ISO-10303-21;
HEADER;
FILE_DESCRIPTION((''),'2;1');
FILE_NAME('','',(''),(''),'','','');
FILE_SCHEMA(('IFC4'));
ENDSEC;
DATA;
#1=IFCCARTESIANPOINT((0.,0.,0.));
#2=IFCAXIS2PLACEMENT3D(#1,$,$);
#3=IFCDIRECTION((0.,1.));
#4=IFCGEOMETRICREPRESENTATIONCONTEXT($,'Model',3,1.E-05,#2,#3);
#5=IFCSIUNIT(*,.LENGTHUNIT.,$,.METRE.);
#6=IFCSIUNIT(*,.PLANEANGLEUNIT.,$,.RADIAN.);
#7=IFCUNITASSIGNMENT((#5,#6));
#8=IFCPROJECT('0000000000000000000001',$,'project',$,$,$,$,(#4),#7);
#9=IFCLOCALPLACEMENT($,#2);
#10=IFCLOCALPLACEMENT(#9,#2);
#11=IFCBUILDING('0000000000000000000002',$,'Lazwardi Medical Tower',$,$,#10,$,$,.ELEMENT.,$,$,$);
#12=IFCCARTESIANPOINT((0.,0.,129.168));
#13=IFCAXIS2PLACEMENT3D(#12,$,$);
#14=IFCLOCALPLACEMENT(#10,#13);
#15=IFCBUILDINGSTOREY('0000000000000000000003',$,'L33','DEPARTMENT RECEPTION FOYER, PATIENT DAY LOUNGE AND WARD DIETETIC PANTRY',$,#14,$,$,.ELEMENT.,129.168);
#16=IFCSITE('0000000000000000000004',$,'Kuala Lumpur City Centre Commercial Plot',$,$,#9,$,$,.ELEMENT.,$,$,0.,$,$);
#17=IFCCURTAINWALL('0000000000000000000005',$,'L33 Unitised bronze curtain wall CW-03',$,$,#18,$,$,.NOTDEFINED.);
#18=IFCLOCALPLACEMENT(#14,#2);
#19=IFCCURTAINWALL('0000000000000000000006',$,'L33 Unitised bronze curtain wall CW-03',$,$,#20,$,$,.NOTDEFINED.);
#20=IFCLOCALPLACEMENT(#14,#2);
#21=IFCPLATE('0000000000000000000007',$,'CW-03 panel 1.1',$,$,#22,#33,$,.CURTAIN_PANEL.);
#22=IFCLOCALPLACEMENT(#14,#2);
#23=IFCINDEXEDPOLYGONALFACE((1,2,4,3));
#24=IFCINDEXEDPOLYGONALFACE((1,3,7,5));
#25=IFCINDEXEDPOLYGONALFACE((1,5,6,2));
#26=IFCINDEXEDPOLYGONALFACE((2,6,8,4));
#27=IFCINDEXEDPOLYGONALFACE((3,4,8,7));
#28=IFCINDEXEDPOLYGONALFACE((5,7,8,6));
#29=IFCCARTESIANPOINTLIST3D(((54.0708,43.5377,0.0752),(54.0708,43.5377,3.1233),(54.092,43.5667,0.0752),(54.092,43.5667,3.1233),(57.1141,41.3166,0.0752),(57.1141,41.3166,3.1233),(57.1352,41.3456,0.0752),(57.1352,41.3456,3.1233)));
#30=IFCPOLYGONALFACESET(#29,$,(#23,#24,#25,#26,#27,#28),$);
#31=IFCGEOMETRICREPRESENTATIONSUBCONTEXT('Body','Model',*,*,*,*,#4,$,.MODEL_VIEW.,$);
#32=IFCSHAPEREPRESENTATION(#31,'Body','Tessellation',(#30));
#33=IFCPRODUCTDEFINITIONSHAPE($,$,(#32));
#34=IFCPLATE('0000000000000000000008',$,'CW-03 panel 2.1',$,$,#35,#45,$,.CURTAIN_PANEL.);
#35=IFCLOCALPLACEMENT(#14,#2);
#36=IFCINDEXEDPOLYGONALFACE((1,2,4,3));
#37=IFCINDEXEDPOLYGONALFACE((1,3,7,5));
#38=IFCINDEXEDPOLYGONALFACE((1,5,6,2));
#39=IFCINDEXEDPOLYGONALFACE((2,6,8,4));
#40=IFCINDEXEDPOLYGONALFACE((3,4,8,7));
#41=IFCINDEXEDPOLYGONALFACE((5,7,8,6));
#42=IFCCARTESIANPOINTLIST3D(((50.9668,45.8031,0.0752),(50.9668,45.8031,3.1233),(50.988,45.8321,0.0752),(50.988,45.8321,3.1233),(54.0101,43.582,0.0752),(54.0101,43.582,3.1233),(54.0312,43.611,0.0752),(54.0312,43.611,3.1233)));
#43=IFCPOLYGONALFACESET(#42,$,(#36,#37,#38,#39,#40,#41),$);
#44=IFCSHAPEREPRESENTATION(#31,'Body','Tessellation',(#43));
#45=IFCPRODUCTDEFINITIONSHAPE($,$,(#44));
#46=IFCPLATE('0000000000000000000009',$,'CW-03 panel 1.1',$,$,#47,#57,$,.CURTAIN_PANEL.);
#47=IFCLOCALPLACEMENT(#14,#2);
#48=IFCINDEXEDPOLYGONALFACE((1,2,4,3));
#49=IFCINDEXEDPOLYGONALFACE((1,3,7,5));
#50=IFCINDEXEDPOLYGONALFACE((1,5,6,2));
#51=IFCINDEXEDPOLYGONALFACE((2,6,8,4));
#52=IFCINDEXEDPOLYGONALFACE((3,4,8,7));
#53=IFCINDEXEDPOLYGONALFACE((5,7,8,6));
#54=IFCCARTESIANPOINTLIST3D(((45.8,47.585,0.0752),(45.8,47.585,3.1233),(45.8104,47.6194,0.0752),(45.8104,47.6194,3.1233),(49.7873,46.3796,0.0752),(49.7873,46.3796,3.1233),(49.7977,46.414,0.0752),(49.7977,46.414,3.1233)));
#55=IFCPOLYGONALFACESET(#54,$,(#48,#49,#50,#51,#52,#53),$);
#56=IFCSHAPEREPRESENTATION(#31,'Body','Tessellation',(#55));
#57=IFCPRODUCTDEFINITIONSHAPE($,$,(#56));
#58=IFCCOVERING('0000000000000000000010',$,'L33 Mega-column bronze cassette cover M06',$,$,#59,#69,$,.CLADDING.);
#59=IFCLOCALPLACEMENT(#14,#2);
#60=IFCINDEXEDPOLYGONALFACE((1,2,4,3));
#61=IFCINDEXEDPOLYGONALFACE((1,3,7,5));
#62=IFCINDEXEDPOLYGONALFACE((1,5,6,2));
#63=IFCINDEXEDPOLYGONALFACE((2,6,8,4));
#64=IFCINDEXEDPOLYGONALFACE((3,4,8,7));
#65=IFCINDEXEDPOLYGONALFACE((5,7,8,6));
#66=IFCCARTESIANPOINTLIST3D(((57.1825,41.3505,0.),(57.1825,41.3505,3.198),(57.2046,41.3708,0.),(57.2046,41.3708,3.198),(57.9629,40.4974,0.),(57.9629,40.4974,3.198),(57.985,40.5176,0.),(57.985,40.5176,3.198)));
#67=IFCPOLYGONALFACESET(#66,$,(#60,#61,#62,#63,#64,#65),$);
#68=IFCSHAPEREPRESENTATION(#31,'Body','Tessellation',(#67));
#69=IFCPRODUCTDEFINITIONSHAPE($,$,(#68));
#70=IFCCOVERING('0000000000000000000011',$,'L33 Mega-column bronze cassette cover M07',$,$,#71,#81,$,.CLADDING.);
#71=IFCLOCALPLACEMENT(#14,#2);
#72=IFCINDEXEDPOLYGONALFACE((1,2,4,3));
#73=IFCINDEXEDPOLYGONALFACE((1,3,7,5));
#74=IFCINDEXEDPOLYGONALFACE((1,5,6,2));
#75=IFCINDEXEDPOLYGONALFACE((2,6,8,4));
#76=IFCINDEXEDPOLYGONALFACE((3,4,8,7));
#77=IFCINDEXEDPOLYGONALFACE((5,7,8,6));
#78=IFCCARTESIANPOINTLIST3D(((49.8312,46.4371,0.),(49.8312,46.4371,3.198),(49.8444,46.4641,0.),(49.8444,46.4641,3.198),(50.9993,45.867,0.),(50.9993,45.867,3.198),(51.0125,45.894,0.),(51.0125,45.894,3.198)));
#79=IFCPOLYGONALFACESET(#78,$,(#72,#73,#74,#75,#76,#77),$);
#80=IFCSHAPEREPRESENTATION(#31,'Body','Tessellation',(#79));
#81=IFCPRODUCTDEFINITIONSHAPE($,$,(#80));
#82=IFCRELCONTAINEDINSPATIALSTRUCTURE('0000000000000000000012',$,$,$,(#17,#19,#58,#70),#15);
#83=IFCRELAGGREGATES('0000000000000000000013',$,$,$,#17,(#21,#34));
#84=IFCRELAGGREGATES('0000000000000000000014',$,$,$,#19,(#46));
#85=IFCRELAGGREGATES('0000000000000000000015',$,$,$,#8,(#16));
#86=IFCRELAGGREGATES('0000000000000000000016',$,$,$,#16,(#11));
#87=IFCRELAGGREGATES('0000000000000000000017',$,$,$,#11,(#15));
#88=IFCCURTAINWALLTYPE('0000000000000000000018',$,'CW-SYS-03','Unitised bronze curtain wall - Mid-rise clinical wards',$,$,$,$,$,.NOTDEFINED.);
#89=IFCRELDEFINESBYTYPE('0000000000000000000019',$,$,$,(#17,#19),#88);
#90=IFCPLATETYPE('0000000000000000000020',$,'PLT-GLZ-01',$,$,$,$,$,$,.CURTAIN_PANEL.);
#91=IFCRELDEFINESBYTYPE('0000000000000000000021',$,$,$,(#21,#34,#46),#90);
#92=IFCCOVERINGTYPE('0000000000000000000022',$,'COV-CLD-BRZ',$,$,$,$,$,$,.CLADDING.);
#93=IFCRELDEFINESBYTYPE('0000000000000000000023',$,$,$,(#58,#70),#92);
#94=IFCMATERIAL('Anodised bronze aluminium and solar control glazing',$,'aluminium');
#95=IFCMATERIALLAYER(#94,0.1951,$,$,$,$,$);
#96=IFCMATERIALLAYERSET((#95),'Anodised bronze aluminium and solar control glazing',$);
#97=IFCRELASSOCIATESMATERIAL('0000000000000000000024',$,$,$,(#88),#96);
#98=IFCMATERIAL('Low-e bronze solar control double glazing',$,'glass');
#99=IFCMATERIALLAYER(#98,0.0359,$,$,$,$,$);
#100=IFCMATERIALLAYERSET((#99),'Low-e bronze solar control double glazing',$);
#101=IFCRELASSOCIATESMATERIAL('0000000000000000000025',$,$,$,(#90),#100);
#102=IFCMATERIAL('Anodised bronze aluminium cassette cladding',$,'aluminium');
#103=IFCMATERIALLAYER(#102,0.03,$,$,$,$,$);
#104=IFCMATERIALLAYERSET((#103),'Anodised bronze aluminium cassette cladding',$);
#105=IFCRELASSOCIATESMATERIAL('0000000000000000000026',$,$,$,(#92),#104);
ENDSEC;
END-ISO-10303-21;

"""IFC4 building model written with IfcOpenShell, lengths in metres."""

from ifc_helpers import new_model, si_unit, direction, frame, origin, origin_2d, place, context, subcontext, project, spatial, rectangle, extrude, material, layer, layer_set, type_object, element, aggregate, save


model = new_model("IFC4")

# Units and contexts
model_context = context("Model", 3, precision=1e-05, world=origin(), true_north=direction((0.0, 1.0)))
body_context = subcontext(model_context, "Body", "Model", "MODEL_VIEW")
ifc_project = project(units=[si_unit("LENGTHUNIT", "METRE"), si_unit("PLANEANGLEUNIT", "RADIAN")], contexts=[model_context])

# Site, building, storey
site_placement = place(None, origin())
site = spatial("IfcSite", under=ifc_project, at=site_placement, Name="Kuala Lumpur City Centre Commercial Plot", CompositionType="ELEMENT", RefElevation=0.0)
building_placement = place(site_placement, origin())
building = spatial("IfcBuilding", under=site, at=building_placement, Name="Lazwardi Medical Tower", CompositionType="ELEMENT")
storey_placement = place(building_placement, frame((0.0, 0.0, 129.168)))
storey = spatial("IfcBuildingStorey", under=building, at=storey_placement, Name="L33", Description="DEPARTMENT RECEPTION FOYER, PATIENT DAY LOUNGE AND WARD DIETETIC PANTRY", CompositionType="ELEMENT", Elevation=129.168)

# Shared definitions
ifc_material_1 = material(Name="Anodised bronze aluminium and solar control glazing", Category="aluminium")
ifc_layer_1 = layer(ifc_material_1, 0.1951)
ifc_layer_set_1 = layer_set([ifc_layer_1], Name="Anodised bronze aluminium and solar control glazing")
curtain_wall_type = type_object("IfcCurtainWallType", Name="CW-SYS-03", Description="Unitised bronze curtain wall - Mid-rise clinical wards", PredefinedType="NOTDEFINED", material=ifc_layer_set_1)

# Curtain wall
curtain_wall_1_placement = place(storey_placement, origin())
curtain_wall_1 = element("IfcCurtainWall", 1, at=curtain_wall_1_placement, inside=storey, type_object=curtain_wall_type, Name="L33 Unitised bronze curtain wall CW-03", PredefinedType="NOTDEFINED")

# Curtain wall
curtain_wall_2_placement = place(storey_placement, origin())
curtain_wall_2 = element("IfcCurtainWall", 2, at=curtain_wall_2_placement, inside=storey, type_object=curtain_wall_type, Name="L33 Unitised bronze curtain wall CW-03", PredefinedType="NOTDEFINED")

# Plates
ifc_material_2 = material(Name="Low-e bronze solar control double glazing", Category="glass")
ifc_layer_2 = layer(ifc_material_2, 0.0359)
ifc_layer_set_2 = layer_set([ifc_layer_2], Name="Low-e bronze solar control double glazing")
plate_type = type_object("IfcPlateType", Name="PLT-GLZ-01", PredefinedType="CURTAIN_PANEL", material=ifc_layer_set_2)
plate_1_placement = place(storey_placement, frame((55.603, 42.4417, 0.0752), z_axis=(0.0, 0.0, 1.0), x_axis=(-0.807746, 0.589531, 0.0)))
plate_1 = element("IfcPlate", 3, at=plate_1_placement, type_object=plate_type, Name="CW-03 panel 1.1", PredefinedType="CURTAIN_PANEL", context=body_context, shape_type="SweptSolid", body=[
    extrude(rectangle(XDim=3.7676, YDim=0.0359, at=origin_2d()), origin(), (0.0, 0.0, 1.0), 3.0481),
])
plate_2_placement = place(storey_placement, frame((52.499, 44.707, 0.0752), z_axis=(0.0, 0.0, 1.0), x_axis=(-0.807746, 0.589531, 0.0)))
plate_2 = element("IfcPlate", 4, at=plate_2_placement, type_object=plate_type, Name="CW-03 panel 2.1", PredefinedType="CURTAIN_PANEL", context=body_context, shape_type="SweptSolid", body=[
    extrude(rectangle(XDim=3.7676, YDim=0.0359, at=origin_2d()), origin(), (0.0, 0.0, 1.0), 3.0481),
])
aggregate(curtain_wall_1, [plate_1, plate_2])
plate_3_placement = place(storey_placement, frame((47.7988, 46.9995, 0.0752), z_axis=(0.0, 0.0, 1.0), x_axis=(-0.957216, 0.289374, 0.0)))
plate_3 = element("IfcPlate", 5, at=plate_3_placement, type_object=plate_type, Name="CW-03 panel 1.1", PredefinedType="CURTAIN_PANEL", context=body_context, shape_type="SweptSolid", body=[
    extrude(rectangle(XDim=4.1655, YDim=0.0359, at=origin_2d()), origin(), (0.0, 0.0, 1.0), 3.0481),
])
aggregate(curtain_wall_2, [plate_3])

# Coverings
ifc_material_3 = material(Name="Anodised bronze aluminium cassette cladding", Category="aluminium")
ifc_layer_3 = layer(ifc_material_3, 0.03)
ifc_layer_set_3 = layer_set([ifc_layer_3], Name="Anodised bronze aluminium cassette cladding")
covering_type = type_object("IfcCoveringType", Name="COV-CLD-BRZ", PredefinedType="CLADDING", material=ifc_layer_set_3)
covering_1_placement = place(storey_placement, frame((57.5837, 40.9341, 0.0), z_axis=(0.0, 0.0, 1.0), x_axis=(-0.674926, 0.737885, 0.0)))
element("IfcCovering", 6, at=covering_1_placement, inside=storey, type_object=covering_type, Name="L33 Mega-column bronze cassette cover M06", PredefinedType="CLADDING", context=body_context, shape_type="SweptSolid", body=[
    extrude(rectangle(XDim=1.1562, YDim=0.03, at=origin_2d()), origin(), (0.0, 0.0, 1.0), 3.198),
])
covering_2_placement = place(storey_placement, frame((50.4219, 46.1655, 0.0), z_axis=(0.0, 0.0, 1.0), x_axis=(-0.898679, 0.438606, 0.0)))
element("IfcCovering", 7, at=covering_2_placement, inside=storey, type_object=covering_type, Name="L33 Mega-column bronze cassette cover M07", PredefinedType="CLADDING", context=body_context, shape_type="SweptSolid", body=[
    extrude(rectangle(XDim=1.2998, YDim=0.03, at=origin_2d()), origin(), (0.0, 0.0, 1.0), 3.198),
])

save(model, "model.ifc")
